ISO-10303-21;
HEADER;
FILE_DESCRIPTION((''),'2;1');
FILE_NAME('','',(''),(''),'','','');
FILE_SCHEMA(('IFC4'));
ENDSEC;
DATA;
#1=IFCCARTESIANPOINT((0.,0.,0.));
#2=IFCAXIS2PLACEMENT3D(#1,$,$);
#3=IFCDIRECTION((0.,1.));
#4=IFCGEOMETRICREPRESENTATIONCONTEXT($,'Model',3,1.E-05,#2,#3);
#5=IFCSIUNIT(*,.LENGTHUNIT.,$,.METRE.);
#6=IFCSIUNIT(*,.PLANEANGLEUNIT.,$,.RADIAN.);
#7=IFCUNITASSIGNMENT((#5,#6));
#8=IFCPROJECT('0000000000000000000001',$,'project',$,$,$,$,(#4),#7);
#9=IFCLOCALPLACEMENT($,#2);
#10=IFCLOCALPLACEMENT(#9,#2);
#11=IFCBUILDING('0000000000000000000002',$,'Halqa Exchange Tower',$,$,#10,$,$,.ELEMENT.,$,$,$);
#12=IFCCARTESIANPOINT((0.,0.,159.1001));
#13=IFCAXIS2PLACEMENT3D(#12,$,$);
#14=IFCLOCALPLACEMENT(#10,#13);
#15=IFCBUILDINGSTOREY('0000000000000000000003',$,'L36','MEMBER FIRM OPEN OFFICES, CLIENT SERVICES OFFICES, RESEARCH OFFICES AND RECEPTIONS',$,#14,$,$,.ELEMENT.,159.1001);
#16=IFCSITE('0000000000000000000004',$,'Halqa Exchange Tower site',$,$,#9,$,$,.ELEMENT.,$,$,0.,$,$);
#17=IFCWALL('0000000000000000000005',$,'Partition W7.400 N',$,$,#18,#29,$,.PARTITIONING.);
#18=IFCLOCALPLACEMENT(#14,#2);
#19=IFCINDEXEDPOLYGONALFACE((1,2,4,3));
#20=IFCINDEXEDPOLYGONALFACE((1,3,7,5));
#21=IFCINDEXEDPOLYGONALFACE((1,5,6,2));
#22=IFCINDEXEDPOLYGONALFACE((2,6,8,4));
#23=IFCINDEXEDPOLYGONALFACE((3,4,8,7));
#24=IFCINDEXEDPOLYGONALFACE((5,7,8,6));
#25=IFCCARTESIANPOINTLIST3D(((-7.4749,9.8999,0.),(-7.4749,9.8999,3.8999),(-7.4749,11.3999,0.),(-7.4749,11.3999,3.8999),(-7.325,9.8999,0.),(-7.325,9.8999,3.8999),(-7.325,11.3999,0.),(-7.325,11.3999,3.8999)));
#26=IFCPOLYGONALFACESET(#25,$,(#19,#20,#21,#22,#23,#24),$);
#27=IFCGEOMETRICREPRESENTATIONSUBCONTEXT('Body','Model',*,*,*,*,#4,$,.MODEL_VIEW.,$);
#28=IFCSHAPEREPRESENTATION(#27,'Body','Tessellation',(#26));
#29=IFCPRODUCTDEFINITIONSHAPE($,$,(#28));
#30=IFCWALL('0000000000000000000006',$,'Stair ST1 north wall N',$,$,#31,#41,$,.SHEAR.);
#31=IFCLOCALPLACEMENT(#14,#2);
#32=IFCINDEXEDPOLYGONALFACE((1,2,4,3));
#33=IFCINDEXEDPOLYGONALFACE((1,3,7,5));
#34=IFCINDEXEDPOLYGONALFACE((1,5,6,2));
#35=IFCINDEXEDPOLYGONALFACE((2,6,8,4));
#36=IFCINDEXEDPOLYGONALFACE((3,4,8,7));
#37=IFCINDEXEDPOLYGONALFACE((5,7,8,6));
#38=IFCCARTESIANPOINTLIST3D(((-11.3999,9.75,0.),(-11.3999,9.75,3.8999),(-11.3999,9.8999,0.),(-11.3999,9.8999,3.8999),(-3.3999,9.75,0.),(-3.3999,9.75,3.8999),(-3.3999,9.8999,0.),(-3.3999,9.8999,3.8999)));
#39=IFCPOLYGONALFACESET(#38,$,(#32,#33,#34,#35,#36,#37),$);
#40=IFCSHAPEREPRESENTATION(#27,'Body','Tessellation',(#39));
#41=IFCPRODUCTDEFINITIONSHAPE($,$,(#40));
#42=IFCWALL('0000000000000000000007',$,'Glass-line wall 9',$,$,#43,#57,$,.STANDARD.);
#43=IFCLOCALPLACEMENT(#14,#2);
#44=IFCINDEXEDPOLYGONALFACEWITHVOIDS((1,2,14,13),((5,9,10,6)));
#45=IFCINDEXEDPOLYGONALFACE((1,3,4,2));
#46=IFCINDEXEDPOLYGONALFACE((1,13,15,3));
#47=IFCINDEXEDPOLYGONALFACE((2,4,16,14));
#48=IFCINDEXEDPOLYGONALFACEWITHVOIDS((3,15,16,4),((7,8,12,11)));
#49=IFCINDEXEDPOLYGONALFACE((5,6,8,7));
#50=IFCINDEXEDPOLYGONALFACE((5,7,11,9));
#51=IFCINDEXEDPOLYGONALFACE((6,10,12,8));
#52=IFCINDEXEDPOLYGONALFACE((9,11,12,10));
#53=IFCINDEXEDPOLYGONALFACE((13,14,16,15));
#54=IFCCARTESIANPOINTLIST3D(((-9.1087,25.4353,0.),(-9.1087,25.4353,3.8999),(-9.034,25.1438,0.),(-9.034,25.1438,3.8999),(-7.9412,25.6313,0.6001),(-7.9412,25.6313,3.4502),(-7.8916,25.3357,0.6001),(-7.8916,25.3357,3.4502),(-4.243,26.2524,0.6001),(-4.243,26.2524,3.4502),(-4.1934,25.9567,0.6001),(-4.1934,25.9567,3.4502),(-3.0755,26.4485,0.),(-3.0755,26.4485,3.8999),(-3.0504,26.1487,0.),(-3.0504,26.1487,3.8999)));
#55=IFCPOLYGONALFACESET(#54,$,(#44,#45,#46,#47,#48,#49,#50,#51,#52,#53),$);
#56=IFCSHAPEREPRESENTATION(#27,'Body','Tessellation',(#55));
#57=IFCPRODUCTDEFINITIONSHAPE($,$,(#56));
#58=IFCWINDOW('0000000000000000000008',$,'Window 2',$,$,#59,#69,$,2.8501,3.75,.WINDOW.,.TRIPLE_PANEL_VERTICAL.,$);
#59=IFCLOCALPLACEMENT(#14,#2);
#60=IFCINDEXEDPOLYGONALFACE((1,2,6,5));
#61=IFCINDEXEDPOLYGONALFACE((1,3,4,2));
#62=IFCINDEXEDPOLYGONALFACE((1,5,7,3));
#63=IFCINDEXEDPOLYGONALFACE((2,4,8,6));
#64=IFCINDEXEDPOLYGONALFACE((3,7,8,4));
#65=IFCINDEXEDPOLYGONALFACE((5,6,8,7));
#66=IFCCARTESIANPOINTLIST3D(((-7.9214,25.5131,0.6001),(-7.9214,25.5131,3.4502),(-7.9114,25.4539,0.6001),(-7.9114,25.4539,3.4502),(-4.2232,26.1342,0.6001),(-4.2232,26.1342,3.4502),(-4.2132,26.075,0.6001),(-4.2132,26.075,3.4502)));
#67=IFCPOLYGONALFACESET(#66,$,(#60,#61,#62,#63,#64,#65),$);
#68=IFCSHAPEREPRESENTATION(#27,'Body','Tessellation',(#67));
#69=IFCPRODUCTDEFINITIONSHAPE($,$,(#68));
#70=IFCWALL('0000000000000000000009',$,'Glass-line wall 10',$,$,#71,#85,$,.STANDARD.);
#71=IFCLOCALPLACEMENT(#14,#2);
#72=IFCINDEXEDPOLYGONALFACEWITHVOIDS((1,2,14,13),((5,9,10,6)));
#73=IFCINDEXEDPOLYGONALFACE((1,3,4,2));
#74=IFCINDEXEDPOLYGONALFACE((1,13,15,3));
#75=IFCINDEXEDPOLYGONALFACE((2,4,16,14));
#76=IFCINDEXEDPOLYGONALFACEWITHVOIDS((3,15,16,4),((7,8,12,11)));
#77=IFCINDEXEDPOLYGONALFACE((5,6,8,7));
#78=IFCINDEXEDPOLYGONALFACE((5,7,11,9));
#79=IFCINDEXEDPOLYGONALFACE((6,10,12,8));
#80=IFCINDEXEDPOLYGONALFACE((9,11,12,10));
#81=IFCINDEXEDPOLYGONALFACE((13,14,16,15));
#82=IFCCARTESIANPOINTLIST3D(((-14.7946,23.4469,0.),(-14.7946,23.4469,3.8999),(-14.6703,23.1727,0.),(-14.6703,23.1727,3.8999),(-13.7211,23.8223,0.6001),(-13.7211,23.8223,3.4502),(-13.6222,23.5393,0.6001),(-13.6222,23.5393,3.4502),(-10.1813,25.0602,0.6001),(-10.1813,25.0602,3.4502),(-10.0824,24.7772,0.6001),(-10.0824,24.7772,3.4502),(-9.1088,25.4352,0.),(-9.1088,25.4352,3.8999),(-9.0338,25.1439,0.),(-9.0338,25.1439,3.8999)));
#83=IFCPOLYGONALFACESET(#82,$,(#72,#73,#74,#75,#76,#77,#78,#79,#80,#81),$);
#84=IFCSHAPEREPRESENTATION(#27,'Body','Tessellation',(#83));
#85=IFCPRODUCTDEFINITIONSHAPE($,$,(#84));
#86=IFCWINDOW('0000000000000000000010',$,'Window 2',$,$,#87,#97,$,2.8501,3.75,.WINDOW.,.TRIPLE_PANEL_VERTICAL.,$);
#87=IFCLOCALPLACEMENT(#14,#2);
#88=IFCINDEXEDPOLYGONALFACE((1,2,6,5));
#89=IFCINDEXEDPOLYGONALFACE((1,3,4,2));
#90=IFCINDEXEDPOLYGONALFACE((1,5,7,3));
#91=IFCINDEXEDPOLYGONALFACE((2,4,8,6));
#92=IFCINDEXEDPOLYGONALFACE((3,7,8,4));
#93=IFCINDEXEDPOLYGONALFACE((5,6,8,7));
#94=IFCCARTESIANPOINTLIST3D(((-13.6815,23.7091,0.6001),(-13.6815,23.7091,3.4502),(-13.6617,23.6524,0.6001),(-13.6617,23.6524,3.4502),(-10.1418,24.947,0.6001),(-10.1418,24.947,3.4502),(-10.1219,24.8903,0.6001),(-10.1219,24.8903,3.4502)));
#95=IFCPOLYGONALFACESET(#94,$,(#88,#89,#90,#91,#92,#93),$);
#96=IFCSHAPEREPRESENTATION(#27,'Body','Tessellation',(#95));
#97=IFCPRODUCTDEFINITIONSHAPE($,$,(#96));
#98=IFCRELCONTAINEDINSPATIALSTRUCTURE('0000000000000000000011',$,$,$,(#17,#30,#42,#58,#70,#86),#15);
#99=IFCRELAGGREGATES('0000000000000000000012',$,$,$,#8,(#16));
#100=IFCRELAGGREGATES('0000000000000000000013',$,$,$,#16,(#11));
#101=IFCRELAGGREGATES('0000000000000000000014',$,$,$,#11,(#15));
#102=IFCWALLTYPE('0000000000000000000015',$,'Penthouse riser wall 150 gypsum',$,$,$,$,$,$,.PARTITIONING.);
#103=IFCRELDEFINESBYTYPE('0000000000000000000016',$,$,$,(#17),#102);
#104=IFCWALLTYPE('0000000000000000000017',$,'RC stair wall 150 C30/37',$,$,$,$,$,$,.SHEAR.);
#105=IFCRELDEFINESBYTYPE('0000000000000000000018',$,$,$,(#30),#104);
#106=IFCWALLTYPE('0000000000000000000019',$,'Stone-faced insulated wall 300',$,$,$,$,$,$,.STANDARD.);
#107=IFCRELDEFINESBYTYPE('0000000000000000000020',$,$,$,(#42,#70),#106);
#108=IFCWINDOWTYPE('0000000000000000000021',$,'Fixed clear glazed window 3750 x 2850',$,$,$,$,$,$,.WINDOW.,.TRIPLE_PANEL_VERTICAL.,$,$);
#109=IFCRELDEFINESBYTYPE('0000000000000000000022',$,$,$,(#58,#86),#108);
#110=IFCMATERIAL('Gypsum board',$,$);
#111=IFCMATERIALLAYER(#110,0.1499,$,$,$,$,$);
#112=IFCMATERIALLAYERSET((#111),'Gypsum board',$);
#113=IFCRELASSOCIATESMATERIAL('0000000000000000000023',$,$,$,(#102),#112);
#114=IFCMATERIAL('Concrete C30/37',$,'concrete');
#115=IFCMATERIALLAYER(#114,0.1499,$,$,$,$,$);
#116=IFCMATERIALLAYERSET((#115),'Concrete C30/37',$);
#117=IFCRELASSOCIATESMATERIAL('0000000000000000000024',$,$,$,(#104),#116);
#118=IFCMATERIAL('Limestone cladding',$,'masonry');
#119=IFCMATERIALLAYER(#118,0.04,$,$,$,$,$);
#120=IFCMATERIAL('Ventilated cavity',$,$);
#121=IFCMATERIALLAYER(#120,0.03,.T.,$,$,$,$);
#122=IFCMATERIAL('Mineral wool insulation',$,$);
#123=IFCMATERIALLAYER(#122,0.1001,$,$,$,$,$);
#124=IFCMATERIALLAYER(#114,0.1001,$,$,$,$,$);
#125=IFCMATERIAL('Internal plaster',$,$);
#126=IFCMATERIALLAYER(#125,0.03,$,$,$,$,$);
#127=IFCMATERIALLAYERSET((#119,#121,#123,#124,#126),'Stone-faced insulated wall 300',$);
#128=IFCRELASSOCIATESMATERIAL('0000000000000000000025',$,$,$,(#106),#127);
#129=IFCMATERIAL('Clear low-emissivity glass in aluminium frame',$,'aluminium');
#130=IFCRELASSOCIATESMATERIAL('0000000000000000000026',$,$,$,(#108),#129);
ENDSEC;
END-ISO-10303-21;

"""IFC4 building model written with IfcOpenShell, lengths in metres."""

from ifc_helpers import new_model, si_unit, direction, frame, frame_2d, origin, place, context, subcontext, project, spatial, polyline, rectangle, outline, extrude, material, layer, layer_set, type_object, element, fill, save


model = new_model("IFC4")

# Units and contexts
model_context = context("Model", 3, precision=1e-05, world=origin(), true_north=direction((0.0, 1.0)))
body_context = subcontext(model_context, "Body", "Model", "MODEL_VIEW")
ifc_project = project(units=[si_unit("LENGTHUNIT", "METRE"), si_unit("PLANEANGLEUNIT", "RADIAN")], contexts=[model_context])

# Site, building, storey
site_placement = place(None, origin())
site = spatial("IfcSite", under=ifc_project, at=site_placement, Name="Halqa Exchange Tower site", CompositionType="ELEMENT", RefElevation=0.0)
building_placement = place(site_placement, origin())
building = spatial("IfcBuilding", under=site, at=building_placement, Name="Halqa Exchange Tower", CompositionType="ELEMENT")
storey_placement = place(building_placement, frame((0.0, 0.0, 159.1001)))
storey = spatial("IfcBuildingStorey", under=building, at=storey_placement, Name="L36", Description="MEMBER FIRM OPEN OFFICES, CLIENT SERVICES OFFICES, RESEARCH OFFICES AND RECEPTIONS", CompositionType="ELEMENT", Elevation=159.1001)

# Shared definitions
ifc_material_1 = material(Name="Gypsum board")

# Walls
ifc_layer_1 = layer(ifc_material_1, 0.1499)
ifc_layer_set_1 = layer_set([ifc_layer_1], Name="Gypsum board")
wall_type_1 = type_object("IfcWallType", Name="Penthouse riser wall 150 gypsum", PredefinedType="PARTITIONING", material=ifc_layer_set_1)
wall_1_placement = place(storey_placement, frame((-7.3999, 9.8999, 0.0), z_axis=(0.0, 0.0, 1.0), x_axis=(0.0, 1.0, 0.0)))
element("IfcWall", 1, at=wall_1_placement, inside=storey, type_object=wall_type_1, Name="Partition W7.400 N", PredefinedType="PARTITIONING", context=body_context, shape_type="SweptSolid", body=[
    extrude(rectangle(XDim=1.5, YDim=0.1499, at=frame_2d((0.75, 0.0))), origin(), (0.0, 0.0, 1.0), 3.8999),
])
ifc_material_2 = material(Name="Concrete C30/37", Category="concrete")
ifc_layer_2 = layer(ifc_material_2, 0.1499)
ifc_layer_set_2 = layer_set([ifc_layer_2], Name="Concrete C30/37")
wall_type_2 = type_object("IfcWallType", Name="RC stair wall 150 C30/37", PredefinedType="SHEAR", material=ifc_layer_set_2)
wall_2_placement = place(storey_placement, frame((-11.3999, 9.825, 0.0), z_axis=(0.0, 0.0, 1.0), x_axis=(1.0, 0.0, 0.0)))
element("IfcWall", 2, at=wall_2_placement, inside=storey, type_object=wall_type_2, Name="Stair ST1 north wall N", PredefinedType="SHEAR", context=body_context, shape_type="SweptSolid", body=[
    extrude(rectangle(XDim=8.0, YDim=0.1499, at=frame_2d((4.0, 0.0))), origin(), (0.0, 0.0, 1.0), 3.8999),
])

# Walls, openings, windows
ifc_material_3 = material(Name="Limestone cladding", Category="masonry")
ifc_layer_3 = layer(ifc_material_3, 0.04)
ifc_material_4 = material(Name="Ventilated cavity")
ifc_layer_4 = layer(ifc_material_4, 0.03, ventilated=True)
ifc_material_5 = material(Name="Mineral wool insulation")
ifc_layer_5 = layer(ifc_material_5, 0.1001)
ifc_layer_6 = layer(ifc_material_2, 0.1001)
ifc_material_6 = material(Name="Internal plaster")
ifc_layer_7 = layer(ifc_material_6, 0.03)
ifc_layer_set_3 = layer_set([ifc_layer_3, ifc_layer_4, ifc_layer_5, ifc_layer_6, ifc_layer_7], Name="Stone-faced insulated wall 300")
wall_type_3 = type_object("IfcWallType", Name="Stone-faced insulated wall 300", PredefinedType="STANDARD", material=ifc_layer_set_3)
wall_3_placement = place(storey_placement, frame((-3.063, 26.2986, 0.0), z_axis=(0.0, 0.0, 1.0), x_axis=(-0.98619, -0.165621, 0.0)))
wall_3 = element("IfcWall", 3, at=wall_3_placement, inside=storey, type_object=wall_type_3, Name="Glass-line wall 9", PredefinedType="STANDARD", context=body_context, shape_type="SweptSolid", body=[
    extrude(outline(polyline([(-0.0125, -0.1499), (6.1052, -0.1499), (6.0798, 0.1499), (0.0125, 0.1499), (-0.0125, -0.1499)])), origin(), (0.0, 0.0, 1.0), 3.8999),
])
opening_1_placement = place(wall_3_placement, frame((1.1714, 0.0, 0.6001)))
opening_1 = element("IfcOpeningElement", 4, at=opening_1_placement, cuts=wall_3, PredefinedType="OPENING", context=body_context, shape_type="SweptSolid", body=[
    extrude(rectangle(XDim=3.75, YDim=2.8501, at=frame_2d((1.875, 1.425))), frame((0.0, 0.1621, 0.0), z_axis=(0.0, -1.0, 0.0), x_axis=(1.0, 0.0, 0.0)), (0.0, 0.0, 1.0), 0.324),
])
ifc_material_7 = material(Name="Clear low-emissivity glass in aluminium frame", Category="aluminium")
window_type = type_object("IfcWindowType", Name="Fixed clear glazed window 3750 x 2850", PartitioningType="TRIPLE_PANEL_VERTICAL", PredefinedType="WINDOW", material=ifc_material_7)
window_1_placement = place(opening_1_placement, origin())
window_1 = element("IfcWindow", 5, at=window_1_placement, inside=storey, type_object=window_type, Name="Window 2", OverallHeight=2.8501, OverallWidth=3.75, PartitioningType="TRIPLE_PANEL_VERTICAL", PredefinedType="WINDOW", context=body_context, shape_type="SweptSolid", body=[
    extrude(rectangle(XDim=3.75, YDim=2.8501, at=frame_2d((1.875, 1.425))), frame((0.0, 0.03, 0.0), z_axis=(0.0, -1.0, 0.0), x_axis=(1.0, 0.0, 0.0)), (0.0, 0.0, 1.0), 0.0601),
])
fill(opening_1, window_1)
wall_4_placement = place(storey_placement, frame((-9.0713, 25.2896, 0.0), z_axis=(0.0, 0.0, 1.0), x_axis=(-0.943945, -0.330104, 0.0)))
wall_4 = element("IfcWall", 6, at=wall_4_placement, inside=storey, type_object=wall_type_3, Name="Glass-line wall 10", PredefinedType="STANDARD", context=body_context, shape_type="SweptSolid", body=[
    extrude(outline(polyline([(-0.0127, -0.1499), (6.0107, -0.1499), (5.9839, 0.1499), (0.0127, 0.1499), (-0.0127, -0.1499)])), origin(), (0.0, 0.0, 1.0), 3.8999),
])
opening_2_placement = place(wall_4_placement, frame((1.1235, 0.0, 0.6001)))
opening_2 = element("IfcOpeningElement", 7, at=opening_2_placement, cuts=wall_4, PredefinedType="OPENING", context=body_context, shape_type="SweptSolid", body=[
    extrude(rectangle(XDim=3.75, YDim=2.8501, at=frame_2d((1.875, 1.425))), frame((0.0, 0.1621, 0.0), z_axis=(0.0, -1.0, 0.0), x_axis=(1.0, 0.0, 0.0)), (0.0, 0.0, 1.0), 0.324),
])
window_2_placement = place(opening_2_placement, origin())
window_2 = element("IfcWindow", 8, at=window_2_placement, inside=storey, type_object=window_type, Name="Window 2", OverallHeight=2.8501, OverallWidth=3.75, PartitioningType="TRIPLE_PANEL_VERTICAL", PredefinedType="WINDOW", context=body_context, shape_type="SweptSolid", body=[
    extrude(rectangle(XDim=3.75, YDim=2.8501, at=frame_2d((1.875, 1.425))), frame((0.0, 0.03, 0.0), z_axis=(0.0, -1.0, 0.0), x_axis=(1.0, 0.0, 0.0)), (0.0, 0.0, 1.0), 0.0601),
])
fill(opening_2, window_2)

save(model, "model.ifc")
